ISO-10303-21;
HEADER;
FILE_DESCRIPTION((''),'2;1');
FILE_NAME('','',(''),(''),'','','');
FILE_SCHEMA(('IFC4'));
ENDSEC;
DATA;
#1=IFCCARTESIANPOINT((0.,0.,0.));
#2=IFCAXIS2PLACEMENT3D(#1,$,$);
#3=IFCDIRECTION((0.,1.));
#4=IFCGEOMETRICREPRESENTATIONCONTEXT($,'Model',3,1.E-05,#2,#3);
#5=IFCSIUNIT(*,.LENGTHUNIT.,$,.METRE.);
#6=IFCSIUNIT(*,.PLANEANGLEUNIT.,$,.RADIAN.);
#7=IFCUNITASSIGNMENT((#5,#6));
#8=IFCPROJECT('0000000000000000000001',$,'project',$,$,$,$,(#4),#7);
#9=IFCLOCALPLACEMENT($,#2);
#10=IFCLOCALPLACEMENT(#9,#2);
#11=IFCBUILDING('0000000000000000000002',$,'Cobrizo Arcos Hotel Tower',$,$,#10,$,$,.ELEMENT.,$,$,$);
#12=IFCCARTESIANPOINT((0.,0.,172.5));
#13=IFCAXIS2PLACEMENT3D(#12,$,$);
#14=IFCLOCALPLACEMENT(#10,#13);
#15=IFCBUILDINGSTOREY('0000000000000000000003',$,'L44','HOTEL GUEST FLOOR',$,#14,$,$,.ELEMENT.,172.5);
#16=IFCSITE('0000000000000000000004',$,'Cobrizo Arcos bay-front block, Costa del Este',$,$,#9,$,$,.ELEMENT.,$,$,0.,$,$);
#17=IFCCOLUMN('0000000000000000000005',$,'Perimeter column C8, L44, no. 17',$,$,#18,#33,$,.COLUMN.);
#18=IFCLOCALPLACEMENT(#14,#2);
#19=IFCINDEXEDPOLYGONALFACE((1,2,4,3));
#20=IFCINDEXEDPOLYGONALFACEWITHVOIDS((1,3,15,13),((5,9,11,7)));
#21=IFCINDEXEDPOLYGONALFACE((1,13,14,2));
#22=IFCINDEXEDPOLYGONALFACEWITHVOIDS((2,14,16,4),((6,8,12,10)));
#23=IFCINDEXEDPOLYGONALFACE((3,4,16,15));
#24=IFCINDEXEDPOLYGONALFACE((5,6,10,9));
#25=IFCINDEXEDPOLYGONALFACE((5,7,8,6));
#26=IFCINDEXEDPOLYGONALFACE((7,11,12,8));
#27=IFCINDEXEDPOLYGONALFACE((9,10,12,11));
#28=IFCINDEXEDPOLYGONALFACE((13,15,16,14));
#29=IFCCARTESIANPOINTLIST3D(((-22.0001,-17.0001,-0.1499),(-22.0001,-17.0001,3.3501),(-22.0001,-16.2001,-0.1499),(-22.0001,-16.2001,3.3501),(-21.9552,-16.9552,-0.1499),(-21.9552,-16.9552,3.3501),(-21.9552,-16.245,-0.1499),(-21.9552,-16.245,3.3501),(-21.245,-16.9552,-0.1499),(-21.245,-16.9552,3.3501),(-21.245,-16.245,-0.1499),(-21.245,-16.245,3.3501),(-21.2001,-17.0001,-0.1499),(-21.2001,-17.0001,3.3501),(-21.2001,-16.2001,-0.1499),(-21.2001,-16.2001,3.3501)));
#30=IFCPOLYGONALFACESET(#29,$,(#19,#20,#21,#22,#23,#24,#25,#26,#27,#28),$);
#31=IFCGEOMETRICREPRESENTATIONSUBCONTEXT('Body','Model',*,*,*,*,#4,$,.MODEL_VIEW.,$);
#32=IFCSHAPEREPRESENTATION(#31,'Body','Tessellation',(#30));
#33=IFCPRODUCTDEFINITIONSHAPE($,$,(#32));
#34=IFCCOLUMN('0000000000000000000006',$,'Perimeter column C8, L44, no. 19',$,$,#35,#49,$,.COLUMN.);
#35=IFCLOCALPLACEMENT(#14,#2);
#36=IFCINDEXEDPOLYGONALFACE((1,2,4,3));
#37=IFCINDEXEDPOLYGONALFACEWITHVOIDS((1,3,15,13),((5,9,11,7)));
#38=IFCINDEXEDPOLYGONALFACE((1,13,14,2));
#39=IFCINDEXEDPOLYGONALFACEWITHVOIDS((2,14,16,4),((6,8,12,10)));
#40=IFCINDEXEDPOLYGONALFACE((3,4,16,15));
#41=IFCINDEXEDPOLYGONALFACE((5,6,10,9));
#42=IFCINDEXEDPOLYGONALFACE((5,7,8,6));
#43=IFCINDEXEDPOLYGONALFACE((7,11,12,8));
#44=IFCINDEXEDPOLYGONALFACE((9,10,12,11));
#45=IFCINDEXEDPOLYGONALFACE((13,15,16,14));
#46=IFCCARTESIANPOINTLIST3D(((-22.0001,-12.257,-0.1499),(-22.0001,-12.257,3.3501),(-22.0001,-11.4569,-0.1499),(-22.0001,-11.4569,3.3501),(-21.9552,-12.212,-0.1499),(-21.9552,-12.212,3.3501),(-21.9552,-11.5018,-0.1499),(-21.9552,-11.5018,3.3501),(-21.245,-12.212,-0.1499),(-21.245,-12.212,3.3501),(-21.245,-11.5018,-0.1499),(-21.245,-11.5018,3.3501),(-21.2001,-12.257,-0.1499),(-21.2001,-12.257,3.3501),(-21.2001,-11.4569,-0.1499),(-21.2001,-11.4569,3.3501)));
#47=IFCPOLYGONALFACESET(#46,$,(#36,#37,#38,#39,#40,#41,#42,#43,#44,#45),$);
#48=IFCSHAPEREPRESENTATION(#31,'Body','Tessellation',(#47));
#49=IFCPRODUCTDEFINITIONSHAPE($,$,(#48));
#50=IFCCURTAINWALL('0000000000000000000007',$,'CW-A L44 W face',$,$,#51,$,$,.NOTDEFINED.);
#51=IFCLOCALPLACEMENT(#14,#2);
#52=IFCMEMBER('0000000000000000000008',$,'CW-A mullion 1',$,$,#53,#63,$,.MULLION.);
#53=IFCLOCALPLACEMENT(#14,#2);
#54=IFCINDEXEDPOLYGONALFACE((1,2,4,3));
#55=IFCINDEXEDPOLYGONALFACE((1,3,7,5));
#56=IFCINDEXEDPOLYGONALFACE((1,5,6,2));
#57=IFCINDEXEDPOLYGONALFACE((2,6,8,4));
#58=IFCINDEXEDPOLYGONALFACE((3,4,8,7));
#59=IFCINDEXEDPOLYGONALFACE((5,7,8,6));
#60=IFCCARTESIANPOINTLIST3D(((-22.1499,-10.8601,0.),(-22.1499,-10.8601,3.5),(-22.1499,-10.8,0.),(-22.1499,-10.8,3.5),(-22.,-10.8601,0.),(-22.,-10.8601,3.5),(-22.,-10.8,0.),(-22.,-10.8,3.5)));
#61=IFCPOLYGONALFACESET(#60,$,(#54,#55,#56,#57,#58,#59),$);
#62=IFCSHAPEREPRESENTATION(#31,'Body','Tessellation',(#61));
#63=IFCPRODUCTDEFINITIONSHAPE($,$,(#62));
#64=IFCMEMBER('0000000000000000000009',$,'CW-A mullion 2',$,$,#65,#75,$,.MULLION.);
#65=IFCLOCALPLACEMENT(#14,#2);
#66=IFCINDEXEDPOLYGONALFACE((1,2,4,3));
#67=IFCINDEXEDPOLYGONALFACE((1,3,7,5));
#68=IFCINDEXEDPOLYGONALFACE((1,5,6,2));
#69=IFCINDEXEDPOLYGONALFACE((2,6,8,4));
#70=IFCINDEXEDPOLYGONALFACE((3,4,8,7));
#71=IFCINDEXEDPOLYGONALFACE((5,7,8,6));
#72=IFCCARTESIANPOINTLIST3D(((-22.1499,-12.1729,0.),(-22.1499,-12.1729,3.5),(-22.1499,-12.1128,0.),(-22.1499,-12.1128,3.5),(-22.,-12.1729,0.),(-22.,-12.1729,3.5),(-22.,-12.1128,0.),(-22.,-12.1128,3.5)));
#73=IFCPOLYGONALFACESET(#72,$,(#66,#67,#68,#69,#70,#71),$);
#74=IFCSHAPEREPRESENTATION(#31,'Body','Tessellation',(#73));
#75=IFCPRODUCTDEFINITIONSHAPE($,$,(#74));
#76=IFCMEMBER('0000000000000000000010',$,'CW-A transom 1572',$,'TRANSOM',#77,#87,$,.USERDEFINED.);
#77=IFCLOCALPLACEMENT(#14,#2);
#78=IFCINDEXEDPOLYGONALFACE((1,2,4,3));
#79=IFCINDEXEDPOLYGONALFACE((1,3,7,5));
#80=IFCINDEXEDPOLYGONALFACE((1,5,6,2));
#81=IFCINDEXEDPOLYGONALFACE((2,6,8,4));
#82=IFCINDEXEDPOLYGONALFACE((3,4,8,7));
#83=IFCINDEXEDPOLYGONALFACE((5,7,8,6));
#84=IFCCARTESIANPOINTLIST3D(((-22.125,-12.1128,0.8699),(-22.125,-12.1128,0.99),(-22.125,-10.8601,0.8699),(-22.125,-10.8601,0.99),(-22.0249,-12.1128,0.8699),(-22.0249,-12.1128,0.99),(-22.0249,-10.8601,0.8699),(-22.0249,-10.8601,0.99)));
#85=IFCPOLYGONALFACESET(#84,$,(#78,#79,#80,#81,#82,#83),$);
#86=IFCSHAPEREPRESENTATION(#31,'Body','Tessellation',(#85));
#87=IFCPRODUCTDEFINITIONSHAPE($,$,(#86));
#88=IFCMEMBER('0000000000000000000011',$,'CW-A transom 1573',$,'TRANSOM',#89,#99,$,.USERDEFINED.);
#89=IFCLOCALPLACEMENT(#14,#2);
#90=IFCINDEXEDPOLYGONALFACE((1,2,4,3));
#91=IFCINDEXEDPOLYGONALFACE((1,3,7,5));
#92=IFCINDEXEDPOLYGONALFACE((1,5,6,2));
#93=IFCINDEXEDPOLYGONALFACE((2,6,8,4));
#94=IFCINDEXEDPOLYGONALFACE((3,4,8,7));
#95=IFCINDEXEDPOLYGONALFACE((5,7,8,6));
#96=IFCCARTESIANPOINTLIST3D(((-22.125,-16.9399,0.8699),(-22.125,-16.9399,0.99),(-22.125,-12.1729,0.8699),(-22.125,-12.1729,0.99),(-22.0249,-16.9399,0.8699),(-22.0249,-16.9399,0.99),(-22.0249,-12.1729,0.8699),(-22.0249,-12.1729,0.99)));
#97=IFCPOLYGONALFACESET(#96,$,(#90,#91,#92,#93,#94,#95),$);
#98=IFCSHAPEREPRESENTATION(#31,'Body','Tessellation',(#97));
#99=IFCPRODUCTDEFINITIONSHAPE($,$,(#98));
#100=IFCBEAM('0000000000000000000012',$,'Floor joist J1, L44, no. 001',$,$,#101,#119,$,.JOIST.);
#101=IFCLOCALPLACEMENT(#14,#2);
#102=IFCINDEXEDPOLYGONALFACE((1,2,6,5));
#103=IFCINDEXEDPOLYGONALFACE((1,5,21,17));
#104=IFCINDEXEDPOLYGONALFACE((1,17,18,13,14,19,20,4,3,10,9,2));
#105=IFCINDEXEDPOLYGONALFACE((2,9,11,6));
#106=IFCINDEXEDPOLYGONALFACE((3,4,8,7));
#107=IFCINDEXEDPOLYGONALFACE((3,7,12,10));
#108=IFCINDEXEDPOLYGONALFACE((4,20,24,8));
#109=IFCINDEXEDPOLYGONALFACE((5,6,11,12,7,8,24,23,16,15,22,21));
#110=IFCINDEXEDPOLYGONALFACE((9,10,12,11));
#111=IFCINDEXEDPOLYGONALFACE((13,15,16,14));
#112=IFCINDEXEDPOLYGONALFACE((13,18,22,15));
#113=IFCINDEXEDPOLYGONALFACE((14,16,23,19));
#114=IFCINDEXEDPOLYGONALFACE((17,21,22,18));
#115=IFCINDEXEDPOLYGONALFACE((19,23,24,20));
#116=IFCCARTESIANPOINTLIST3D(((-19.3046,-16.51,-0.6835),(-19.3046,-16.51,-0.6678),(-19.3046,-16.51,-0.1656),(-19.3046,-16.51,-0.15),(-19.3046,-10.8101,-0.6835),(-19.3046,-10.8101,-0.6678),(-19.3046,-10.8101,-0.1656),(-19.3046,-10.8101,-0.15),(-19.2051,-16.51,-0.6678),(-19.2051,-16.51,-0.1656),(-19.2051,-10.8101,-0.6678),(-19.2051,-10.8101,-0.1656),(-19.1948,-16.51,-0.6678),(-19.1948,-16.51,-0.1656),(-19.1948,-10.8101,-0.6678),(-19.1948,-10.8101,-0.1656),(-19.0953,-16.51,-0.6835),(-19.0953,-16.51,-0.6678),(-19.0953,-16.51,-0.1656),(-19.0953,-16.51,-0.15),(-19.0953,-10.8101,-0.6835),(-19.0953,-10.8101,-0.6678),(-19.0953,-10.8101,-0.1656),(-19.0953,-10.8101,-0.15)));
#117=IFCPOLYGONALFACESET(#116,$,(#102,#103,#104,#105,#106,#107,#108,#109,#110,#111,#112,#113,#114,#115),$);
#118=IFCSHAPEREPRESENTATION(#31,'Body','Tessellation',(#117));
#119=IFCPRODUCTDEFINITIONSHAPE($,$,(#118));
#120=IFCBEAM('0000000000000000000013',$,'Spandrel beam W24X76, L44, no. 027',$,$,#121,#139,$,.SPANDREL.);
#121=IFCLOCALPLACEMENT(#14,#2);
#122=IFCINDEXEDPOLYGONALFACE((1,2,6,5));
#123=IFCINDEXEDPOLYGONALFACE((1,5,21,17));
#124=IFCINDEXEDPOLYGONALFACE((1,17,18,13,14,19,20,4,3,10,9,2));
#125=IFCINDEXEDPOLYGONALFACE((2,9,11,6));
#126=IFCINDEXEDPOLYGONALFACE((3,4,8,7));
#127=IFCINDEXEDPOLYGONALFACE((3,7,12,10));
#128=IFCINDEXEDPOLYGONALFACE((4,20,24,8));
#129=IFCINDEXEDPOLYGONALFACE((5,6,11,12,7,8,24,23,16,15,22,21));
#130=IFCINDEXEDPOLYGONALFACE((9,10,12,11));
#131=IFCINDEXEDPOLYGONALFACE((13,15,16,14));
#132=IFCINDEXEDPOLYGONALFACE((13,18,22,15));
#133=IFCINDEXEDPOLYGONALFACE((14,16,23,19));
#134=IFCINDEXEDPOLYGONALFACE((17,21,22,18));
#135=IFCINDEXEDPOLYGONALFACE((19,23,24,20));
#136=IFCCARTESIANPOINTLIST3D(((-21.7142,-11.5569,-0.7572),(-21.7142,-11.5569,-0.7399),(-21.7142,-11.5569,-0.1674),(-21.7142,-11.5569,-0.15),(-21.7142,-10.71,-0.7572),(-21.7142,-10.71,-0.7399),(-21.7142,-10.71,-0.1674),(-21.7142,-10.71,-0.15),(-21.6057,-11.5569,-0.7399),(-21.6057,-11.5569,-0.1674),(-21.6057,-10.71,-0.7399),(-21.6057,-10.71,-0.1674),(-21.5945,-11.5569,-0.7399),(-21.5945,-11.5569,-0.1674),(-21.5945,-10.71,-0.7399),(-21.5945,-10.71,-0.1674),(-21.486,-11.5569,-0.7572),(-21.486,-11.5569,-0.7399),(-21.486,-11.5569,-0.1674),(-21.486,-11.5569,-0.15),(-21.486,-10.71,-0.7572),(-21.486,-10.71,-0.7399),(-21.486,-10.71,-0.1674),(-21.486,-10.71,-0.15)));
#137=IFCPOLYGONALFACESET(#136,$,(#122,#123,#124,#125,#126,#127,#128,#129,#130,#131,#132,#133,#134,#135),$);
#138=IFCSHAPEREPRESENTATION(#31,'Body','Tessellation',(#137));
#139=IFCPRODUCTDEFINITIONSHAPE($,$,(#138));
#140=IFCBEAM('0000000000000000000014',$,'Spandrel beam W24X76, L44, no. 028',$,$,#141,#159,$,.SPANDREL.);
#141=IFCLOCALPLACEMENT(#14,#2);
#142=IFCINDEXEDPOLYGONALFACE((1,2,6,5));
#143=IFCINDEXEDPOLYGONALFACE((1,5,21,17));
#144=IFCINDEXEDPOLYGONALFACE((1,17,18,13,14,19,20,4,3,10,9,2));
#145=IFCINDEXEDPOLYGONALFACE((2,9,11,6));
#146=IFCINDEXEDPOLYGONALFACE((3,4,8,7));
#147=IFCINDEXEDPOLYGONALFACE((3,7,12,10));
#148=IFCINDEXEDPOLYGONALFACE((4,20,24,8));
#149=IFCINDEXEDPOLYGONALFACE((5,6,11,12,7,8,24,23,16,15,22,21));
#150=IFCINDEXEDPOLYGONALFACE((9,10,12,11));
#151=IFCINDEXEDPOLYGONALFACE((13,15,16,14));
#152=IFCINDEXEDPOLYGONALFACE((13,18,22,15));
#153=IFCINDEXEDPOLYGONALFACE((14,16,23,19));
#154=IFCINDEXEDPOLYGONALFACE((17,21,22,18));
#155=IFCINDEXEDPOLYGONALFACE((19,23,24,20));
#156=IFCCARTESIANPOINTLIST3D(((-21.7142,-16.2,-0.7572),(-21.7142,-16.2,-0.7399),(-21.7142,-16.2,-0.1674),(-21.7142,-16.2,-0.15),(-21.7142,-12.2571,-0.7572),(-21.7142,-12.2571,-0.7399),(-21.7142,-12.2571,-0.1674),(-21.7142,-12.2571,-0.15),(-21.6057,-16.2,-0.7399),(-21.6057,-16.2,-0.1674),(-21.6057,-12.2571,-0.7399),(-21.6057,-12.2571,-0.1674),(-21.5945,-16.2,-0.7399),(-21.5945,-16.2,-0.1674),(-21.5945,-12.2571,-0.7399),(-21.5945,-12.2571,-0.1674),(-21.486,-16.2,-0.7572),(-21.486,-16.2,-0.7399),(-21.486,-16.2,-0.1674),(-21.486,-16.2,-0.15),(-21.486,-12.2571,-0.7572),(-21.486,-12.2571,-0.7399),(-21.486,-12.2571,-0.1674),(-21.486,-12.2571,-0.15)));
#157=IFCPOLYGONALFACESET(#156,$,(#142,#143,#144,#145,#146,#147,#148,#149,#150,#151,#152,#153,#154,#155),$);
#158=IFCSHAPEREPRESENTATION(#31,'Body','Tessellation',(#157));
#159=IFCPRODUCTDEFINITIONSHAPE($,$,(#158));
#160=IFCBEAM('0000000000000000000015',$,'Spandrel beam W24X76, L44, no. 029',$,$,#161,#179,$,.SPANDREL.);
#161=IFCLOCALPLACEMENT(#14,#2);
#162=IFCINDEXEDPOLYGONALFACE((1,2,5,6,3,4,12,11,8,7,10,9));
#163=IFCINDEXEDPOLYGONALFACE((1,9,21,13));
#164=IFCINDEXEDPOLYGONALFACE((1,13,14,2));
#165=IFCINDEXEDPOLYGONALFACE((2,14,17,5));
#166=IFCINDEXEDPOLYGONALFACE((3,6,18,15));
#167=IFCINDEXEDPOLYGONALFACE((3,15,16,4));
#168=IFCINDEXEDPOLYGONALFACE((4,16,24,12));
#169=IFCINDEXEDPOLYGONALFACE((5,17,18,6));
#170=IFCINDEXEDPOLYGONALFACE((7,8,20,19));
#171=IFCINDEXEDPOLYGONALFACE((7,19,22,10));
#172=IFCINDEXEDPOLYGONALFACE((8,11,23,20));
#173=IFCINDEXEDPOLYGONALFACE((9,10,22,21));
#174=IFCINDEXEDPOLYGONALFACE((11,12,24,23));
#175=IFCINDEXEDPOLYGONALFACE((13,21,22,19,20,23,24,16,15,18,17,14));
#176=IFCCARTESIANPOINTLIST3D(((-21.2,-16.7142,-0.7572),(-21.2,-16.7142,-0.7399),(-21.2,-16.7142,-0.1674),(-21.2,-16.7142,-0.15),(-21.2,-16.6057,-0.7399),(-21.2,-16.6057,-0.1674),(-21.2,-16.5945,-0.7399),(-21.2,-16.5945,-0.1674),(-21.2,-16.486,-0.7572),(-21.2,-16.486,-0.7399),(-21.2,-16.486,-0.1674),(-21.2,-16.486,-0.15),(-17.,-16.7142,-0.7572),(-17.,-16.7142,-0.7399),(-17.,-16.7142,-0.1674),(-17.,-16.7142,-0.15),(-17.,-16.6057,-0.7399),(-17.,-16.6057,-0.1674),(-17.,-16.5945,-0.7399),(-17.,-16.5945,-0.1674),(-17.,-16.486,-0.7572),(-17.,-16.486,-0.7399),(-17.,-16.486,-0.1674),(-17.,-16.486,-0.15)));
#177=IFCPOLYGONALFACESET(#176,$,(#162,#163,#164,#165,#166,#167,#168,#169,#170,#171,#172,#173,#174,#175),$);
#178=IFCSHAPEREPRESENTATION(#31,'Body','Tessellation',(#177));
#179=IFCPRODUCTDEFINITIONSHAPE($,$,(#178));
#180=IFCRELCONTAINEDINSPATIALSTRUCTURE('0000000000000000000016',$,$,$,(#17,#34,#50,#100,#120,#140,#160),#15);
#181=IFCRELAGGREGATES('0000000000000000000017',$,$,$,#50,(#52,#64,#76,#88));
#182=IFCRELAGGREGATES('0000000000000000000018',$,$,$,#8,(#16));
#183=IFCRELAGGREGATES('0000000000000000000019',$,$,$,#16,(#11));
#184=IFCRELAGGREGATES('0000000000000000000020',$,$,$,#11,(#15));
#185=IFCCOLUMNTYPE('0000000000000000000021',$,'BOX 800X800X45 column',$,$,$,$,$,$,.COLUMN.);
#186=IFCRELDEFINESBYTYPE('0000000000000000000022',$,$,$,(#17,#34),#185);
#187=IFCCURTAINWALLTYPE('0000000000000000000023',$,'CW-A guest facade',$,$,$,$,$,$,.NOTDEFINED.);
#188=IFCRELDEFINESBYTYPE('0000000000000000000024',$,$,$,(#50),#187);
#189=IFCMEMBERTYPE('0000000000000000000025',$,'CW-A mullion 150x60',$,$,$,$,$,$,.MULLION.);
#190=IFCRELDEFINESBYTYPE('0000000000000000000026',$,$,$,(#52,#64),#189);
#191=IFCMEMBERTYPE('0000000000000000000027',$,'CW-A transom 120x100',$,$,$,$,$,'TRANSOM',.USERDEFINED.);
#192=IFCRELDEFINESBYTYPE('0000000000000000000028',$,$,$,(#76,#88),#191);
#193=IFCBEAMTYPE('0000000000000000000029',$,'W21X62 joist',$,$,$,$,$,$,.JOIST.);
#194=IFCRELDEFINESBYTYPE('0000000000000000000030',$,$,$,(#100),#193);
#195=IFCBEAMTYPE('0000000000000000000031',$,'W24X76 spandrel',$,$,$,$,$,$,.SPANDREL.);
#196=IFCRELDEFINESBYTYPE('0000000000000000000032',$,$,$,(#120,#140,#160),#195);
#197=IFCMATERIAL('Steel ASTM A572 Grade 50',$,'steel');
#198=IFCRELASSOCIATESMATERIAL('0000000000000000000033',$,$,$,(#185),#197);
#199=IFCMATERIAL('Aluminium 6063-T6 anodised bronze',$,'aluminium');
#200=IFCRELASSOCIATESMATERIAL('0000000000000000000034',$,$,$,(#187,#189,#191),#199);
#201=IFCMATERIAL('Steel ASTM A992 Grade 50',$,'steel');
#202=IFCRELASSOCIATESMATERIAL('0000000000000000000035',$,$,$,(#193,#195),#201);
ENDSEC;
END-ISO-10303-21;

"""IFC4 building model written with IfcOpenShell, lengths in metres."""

from ifc_helpers import new_model, si_unit, direction, frame, origin, origin_2d, place, context, subcontext, project, spatial, rectangle, hollow_rectangle, i_section, extrude, material, material_profile, profile_set, type_object, element, aggregate, save


model = new_model("IFC4")

# Units and contexts
model_context = context("Model", 3, precision=1e-05, world=origin(), true_north=direction((0.0, 1.0)))
body_context = subcontext(model_context, "Body", "Model", "MODEL_VIEW")
ifc_project = project(units=[si_unit("LENGTHUNIT", "METRE"), si_unit("PLANEANGLEUNIT", "RADIAN")], contexts=[model_context])

# Site, building, storey
site_placement = place(None, origin())
site = spatial("IfcSite", under=ifc_project, at=site_placement, Name="Cobrizo Arcos bay-front block, Costa del Este", CompositionType="ELEMENT", RefElevation=0.0)
building_placement = place(site_placement, origin())
building = spatial("IfcBuilding", under=site, at=building_placement, Name="Cobrizo Arcos Hotel Tower", CompositionType="ELEMENT")
storey_placement = place(building_placement, frame((0.0, 0.0, 172.5)))
storey = spatial("IfcBuildingStorey", under=building, at=storey_placement, Name="L44", Description="HOTEL GUEST FLOOR", CompositionType="ELEMENT", Elevation=172.5)

# Columns
ifc_material_1 = material(Name="Steel ASTM A572 Grade 50", Category="steel")
ifc_material_profile_1 = material_profile(ifc_material_1, hollow_rectangle(XDim=0.8, YDim=0.8, WallThickness=0.0449, at=origin_2d()), Name="BOX 800X800X45")
ifc_profile_set_1 = profile_set([ifc_material_profile_1], Name="Steel ASTM A572 Grade 50")
column_type = type_object("IfcColumnType", Name="BOX 800X800X45 column", PredefinedType="COLUMN", material=ifc_profile_set_1)
for number, where, z_axis, x_axis, name in (
    (1, (-21.6001, -16.6001, -0.1499), (0.0, 0.0, 1.0), (1.0, 0.0, 0.0), "Perimeter column C8, L44, no. 17"),
    (2, (-21.6001, -11.8569, -0.1499), (0.0, 0.0, 1.0), (1.0, 0.0, 0.0), "Perimeter column C8, L44, no. 19"),
):
    element("IfcColumn", number, at=place(storey_placement, frame(where, z_axis=z_axis, x_axis=x_axis)), inside=storey, type_object=column_type, Name=name, PredefinedType="COLUMN", context=body_context, shape_type="SweptSolid", body=[
        extrude(hollow_rectangle(XDim=0.8, YDim=0.8, WallThickness=0.0449, at=origin_2d()), origin(), (0.0, 0.0, 1.0), 3.5),
    ])

# Curtain wall, members
ifc_material_2 = material(Name="Aluminium 6063-T6 anodised bronze", Category="aluminium")
curtain_wall_type = type_object("IfcCurtainWallType", Name="CW-A guest facade", PredefinedType="NOTDEFINED", material=ifc_material_2)
curtain_wall_placement = place(storey_placement, origin())
curtain_wall = element("IfcCurtainWall", 3, at=curtain_wall_placement, inside=storey, type_object=curtain_wall_type, Name="CW-A L44 W face", PredefinedType="NOTDEFINED")
ifc_material_profile_2 = material_profile(ifc_material_2, rectangle(XDim=0.1499, YDim=0.0601, at=origin_2d()), Name="CW-A mullion 150x60")
ifc_profile_set_2 = profile_set([ifc_material_profile_2], Name="Aluminium 6063-T6 anodised bronze")
member_type_1 = type_object("IfcMemberType", Name="CW-A mullion 150x60", PredefinedType="MULLION", material=ifc_profile_set_2)
member_1_placement = place(storey_placement, frame((-22.075, -10.8301, 0.0), z_axis=(0.0, 0.0, 1.0), x_axis=(-1.0, 0.0, 0.0)))
member_1 = element("IfcMember", 4, at=member_1_placement, type_object=member_type_1, Name="CW-A mullion 1", PredefinedType="MULLION", context=body_context, shape_type="SweptSolid", body=[
    extrude(rectangle(XDim=0.1499, YDim=0.0601, at=origin_2d()), origin(), (0.0, 0.0, 1.0), 3.5),
])
member_2_placement = place(storey_placement, frame((-22.075, -12.1428, 0.0), z_axis=(0.0, 0.0, 1.0), x_axis=(-1.0, 0.0, 0.0)))
member_2 = element("IfcMember", 5, at=member_2_placement, type_object=member_type_1, Name="CW-A mullion 2", PredefinedType="MULLION", context=body_context, shape_type="SweptSolid", body=[
    extrude(rectangle(XDim=0.1499, YDim=0.0601, at=origin_2d()), origin(), (0.0, 0.0, 1.0), 3.5),
])
ifc_material_profile_3 = material_profile(ifc_material_2, rectangle(XDim=0.1001, YDim=0.1201, at=origin_2d()), Name="CW-A transom 120x100")
ifc_profile_set_3 = profile_set([ifc_material_profile_3], Name="Aluminium 6063-T6 anodised bronze")
member_type_2 = type_object("IfcMemberType", Name="CW-A transom 120x100", ElementType="TRANSOM", PredefinedType="USERDEFINED", material=ifc_profile_set_3)
member_3_placement = place(storey_placement, frame((-22.075, -10.8601, 0.9299), z_axis=(0.0, -1.0, 0.0), x_axis=(1.0, 0.0, 0.0)))
member_3 = element("IfcMember", 6, at=member_3_placement, type_object=member_type_2, Name="CW-A transom 1572", ObjectType="TRANSOM", PredefinedType="USERDEFINED", context=body_context, shape_type="SweptSolid", body=[
    extrude(rectangle(XDim=0.1001, YDim=0.1201, at=origin_2d()), origin(), (0.0, 0.0, 1.0), 1.2527),
])
member_4_placement = place(storey_placement, frame((-22.075, -12.1729, 0.9299), z_axis=(0.0, -1.0, 0.0), x_axis=(1.0, 0.0, 0.0)))
member_4 = element("IfcMember", 7, at=member_4_placement, type_object=member_type_2, Name="CW-A transom 1573", ObjectType="TRANSOM", PredefinedType="USERDEFINED", context=body_context, shape_type="SweptSolid", body=[
    extrude(rectangle(XDim=0.1001, YDim=0.1201, at=origin_2d()), origin(), (0.0, 0.0, 1.0), 4.7671),
])

# Beams
ifc_material_3 = material(Name="Steel ASTM A992 Grade 50", Category="steel")
ifc_material_profile_4 = material_profile(ifc_material_3, i_section(OverallWidth=0.2092, OverallDepth=0.5334, WebThickness=0.0103, FlangeThickness=0.0156, at=origin_2d()), Name="W21X62")
ifc_profile_set_4 = profile_set([ifc_material_profile_4], Name="Steel ASTM A992 Grade 50")
beam_type_1 = type_object("IfcBeamType", Name="W21X62 joist", PredefinedType="JOIST", material=ifc_profile_set_4)
beam_1_placement = place(storey_placement, frame((-19.2, -16.51, -0.4167), z_axis=(0.0, 1.0, 0.0), x_axis=(-1.0, 0.0, 0.0)))
element("IfcBeam", 8, at=beam_1_placement, inside=storey, type_object=beam_type_1, Name="Floor joist J1, L44, no. 001", PredefinedType="JOIST", context=body_context, shape_type="SweptSolid", body=[
    extrude(i_section(OverallWidth=0.2092, OverallDepth=0.5334, WebThickness=0.0103, FlangeThickness=0.0156, at=origin_2d()), origin(), (0.0, 0.0, 1.0), 5.7),
])
ifc_material_profile_5 = material_profile(ifc_material_3, i_section(OverallWidth=0.2283, OverallDepth=0.6072, WebThickness=0.0112, FlangeThickness=0.0173, at=origin_2d()), Name="W24X76")
ifc_profile_set_5 = profile_set([ifc_material_profile_5], Name="Steel ASTM A992 Grade 50")
beam_type_2 = type_object("IfcBeamType", Name="W24X76 spandrel", PredefinedType="SPANDREL", material=ifc_profile_set_5)
beam_2_placement = place(storey_placement, frame((-21.6001, -10.71, -0.4536), z_axis=(0.0, -1.0, 0.0), x_axis=(1.0, 0.0, 0.0)))
element("IfcBeam", 9, at=beam_2_placement, inside=storey, type_object=beam_type_2, Name="Spandrel beam W24X76, L44, no. 027", PredefinedType="SPANDREL", context=body_context, shape_type="SweptSolid", body=[
    extrude(i_section(OverallWidth=0.2283, OverallDepth=0.6072, WebThickness=0.0112, FlangeThickness=0.0173, at=origin_2d()), origin(), (0.0, 0.0, 1.0), 0.8469),
])
beam_3_placement = place(storey_placement, frame((-21.6001, -12.2571, -0.4536), z_axis=(0.0, -1.0, 0.0), x_axis=(1.0, 0.0, 0.0)))
element("IfcBeam", 10, at=beam_3_placement, inside=storey, type_object=beam_type_2, Name="Spandrel beam W24X76, L44, no. 028", PredefinedType="SPANDREL", context=body_context, shape_type="SweptSolid", body=[
    extrude(i_section(OverallWidth=0.2283, OverallDepth=0.6072, WebThickness=0.0112, FlangeThickness=0.0173, at=origin_2d()), origin(), (0.0, 0.0, 1.0), 3.9429),
])
beam_4_placement = place(storey_placement, frame((-21.2, -16.6001, -0.4536), z_axis=(1.0, 0.0, 0.0), x_axis=(0.0, 1.0, 0.0)))
element("IfcBeam", 11, at=beam_4_placement, inside=storey, type_object=beam_type_2, Name="Spandrel beam W24X76, L44, no. 029", PredefinedType="SPANDREL", context=body_context, shape_type="SweptSolid", body=[
    extrude(i_section(OverallWidth=0.2283, OverallDepth=0.6072, WebThickness=0.0112, FlangeThickness=0.0173, at=origin_2d()), origin(), (0.0, 0.0, 1.0), 4.2),
])

aggregate(curtain_wall, [member_1, member_2, member_3, member_4])

save(model, "model.ifc")
